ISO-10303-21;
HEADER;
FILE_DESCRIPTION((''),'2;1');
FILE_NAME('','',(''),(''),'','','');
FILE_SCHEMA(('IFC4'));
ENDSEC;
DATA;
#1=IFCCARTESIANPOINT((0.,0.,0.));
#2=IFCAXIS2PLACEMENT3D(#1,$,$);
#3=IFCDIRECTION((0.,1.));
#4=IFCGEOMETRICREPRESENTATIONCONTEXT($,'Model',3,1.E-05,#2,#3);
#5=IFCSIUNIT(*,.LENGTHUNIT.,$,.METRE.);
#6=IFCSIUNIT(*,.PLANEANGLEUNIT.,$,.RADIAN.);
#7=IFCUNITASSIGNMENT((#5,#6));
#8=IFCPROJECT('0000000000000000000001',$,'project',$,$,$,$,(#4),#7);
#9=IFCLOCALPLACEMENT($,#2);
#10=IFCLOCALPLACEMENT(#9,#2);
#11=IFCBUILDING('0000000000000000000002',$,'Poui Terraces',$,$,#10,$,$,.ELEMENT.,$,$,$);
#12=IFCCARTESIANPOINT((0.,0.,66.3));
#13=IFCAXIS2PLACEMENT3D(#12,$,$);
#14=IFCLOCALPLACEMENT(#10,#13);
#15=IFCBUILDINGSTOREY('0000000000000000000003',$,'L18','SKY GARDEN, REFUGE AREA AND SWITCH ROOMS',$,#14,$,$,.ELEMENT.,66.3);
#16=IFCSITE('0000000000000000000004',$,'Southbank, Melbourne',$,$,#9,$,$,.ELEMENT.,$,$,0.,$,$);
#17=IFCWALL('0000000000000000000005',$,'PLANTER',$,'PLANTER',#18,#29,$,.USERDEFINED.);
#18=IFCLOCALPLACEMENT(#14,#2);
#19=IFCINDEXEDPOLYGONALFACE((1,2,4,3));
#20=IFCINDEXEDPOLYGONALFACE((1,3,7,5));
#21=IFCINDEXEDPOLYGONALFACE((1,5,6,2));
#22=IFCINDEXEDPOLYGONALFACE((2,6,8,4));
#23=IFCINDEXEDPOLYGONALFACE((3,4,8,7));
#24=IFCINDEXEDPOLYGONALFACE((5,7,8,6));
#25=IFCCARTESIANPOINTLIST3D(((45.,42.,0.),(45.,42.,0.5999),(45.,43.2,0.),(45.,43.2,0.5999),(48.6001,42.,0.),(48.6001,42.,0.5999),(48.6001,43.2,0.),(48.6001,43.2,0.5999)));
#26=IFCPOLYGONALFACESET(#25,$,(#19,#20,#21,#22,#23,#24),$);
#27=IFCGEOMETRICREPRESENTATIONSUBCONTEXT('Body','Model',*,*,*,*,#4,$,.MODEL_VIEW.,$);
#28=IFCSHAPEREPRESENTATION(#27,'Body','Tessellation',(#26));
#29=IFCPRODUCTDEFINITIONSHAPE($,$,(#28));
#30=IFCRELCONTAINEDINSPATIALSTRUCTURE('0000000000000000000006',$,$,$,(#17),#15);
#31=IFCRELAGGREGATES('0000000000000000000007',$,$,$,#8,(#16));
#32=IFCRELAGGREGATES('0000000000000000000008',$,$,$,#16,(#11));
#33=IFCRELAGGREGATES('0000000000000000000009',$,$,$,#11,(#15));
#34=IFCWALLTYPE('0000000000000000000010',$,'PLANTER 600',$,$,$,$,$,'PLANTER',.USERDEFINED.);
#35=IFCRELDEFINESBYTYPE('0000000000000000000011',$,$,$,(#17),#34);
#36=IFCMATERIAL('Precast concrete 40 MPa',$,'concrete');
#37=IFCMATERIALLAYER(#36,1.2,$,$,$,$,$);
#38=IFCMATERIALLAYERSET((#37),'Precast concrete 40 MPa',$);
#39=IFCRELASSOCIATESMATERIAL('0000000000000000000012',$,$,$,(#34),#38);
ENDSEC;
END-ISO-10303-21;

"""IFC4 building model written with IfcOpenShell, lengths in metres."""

from ifc_helpers import new_model, si_unit, direction, frame, origin, place, context, subcontext, project, spatial, polyline, outline, extrude, source, transform, mapped, material, layer, layer_set, type_object, element, save


model = new_model("IFC4")

# Units and contexts
model_context = context("Model", 3, precision=1e-05, world=origin(), true_north=direction((0.0, 1.0)))
body_context = subcontext(model_context, "Body", "Model", "MODEL_VIEW")
ifc_project = project(units=[si_unit("LENGTHUNIT", "METRE"), si_unit("PLANEANGLEUNIT", "RADIAN")], contexts=[model_context])

# Site, building, storey
site_placement = place(None, origin())
site = spatial("IfcSite", under=ifc_project, at=site_placement, Name="Southbank, Melbourne", CompositionType="ELEMENT", RefElevation=0.0)
building_placement = place(site_placement, origin())
building = spatial("IfcBuilding", under=site, at=building_placement, Name="Poui Terraces", CompositionType="ELEMENT")
storey_placement = place(building_placement, frame((0.0, 0.0, 66.3)))
storey = spatial("IfcBuildingStorey", under=building, at=storey_placement, Name="L18", Description="SKY GARDEN, REFUGE AREA AND SWITCH ROOMS", CompositionType="ELEMENT", Elevation=66.3)

# Wall
ifc_material_1 = material(Name="Precast concrete 40 MPa", Category="concrete")
ifc_layer_1 = layer(ifc_material_1, 1.2)
ifc_layer_set_1 = layer_set([ifc_layer_1], Name="Precast concrete 40 MPa")
wall_type_1 = type_object("IfcWallType", Name="PLANTER 600", ElementType="PLANTER", PredefinedType="USERDEFINED", material=ifc_layer_set_1)
shared_shape_1 = source(origin(), body_context, "Body", "SweptSolid", [
    extrude(outline(polyline([(0.0, 0.0), (3.6001, 0.0), (3.6001, 1.2), (0.0, 1.2), (0.0, 0.0)])), origin(), (0.0, 0.0, 1.0), 0.5999),
])
for number, where, name in (
    (1, (45.0, 42.0, 0.0), "PLANTER"),
):
    element("IfcWall", number, at=place(storey_placement, frame(where)), inside=storey, type_object=wall_type_1, Name=name, ObjectType="PLANTER", PredefinedType="USERDEFINED", context=body_context, shape_type="MappedRepresentation", body=[
        mapped(shared_shape_1, transform((0.0, 0.0, 0.0))),
    ])

save(model, "model.ifc")
